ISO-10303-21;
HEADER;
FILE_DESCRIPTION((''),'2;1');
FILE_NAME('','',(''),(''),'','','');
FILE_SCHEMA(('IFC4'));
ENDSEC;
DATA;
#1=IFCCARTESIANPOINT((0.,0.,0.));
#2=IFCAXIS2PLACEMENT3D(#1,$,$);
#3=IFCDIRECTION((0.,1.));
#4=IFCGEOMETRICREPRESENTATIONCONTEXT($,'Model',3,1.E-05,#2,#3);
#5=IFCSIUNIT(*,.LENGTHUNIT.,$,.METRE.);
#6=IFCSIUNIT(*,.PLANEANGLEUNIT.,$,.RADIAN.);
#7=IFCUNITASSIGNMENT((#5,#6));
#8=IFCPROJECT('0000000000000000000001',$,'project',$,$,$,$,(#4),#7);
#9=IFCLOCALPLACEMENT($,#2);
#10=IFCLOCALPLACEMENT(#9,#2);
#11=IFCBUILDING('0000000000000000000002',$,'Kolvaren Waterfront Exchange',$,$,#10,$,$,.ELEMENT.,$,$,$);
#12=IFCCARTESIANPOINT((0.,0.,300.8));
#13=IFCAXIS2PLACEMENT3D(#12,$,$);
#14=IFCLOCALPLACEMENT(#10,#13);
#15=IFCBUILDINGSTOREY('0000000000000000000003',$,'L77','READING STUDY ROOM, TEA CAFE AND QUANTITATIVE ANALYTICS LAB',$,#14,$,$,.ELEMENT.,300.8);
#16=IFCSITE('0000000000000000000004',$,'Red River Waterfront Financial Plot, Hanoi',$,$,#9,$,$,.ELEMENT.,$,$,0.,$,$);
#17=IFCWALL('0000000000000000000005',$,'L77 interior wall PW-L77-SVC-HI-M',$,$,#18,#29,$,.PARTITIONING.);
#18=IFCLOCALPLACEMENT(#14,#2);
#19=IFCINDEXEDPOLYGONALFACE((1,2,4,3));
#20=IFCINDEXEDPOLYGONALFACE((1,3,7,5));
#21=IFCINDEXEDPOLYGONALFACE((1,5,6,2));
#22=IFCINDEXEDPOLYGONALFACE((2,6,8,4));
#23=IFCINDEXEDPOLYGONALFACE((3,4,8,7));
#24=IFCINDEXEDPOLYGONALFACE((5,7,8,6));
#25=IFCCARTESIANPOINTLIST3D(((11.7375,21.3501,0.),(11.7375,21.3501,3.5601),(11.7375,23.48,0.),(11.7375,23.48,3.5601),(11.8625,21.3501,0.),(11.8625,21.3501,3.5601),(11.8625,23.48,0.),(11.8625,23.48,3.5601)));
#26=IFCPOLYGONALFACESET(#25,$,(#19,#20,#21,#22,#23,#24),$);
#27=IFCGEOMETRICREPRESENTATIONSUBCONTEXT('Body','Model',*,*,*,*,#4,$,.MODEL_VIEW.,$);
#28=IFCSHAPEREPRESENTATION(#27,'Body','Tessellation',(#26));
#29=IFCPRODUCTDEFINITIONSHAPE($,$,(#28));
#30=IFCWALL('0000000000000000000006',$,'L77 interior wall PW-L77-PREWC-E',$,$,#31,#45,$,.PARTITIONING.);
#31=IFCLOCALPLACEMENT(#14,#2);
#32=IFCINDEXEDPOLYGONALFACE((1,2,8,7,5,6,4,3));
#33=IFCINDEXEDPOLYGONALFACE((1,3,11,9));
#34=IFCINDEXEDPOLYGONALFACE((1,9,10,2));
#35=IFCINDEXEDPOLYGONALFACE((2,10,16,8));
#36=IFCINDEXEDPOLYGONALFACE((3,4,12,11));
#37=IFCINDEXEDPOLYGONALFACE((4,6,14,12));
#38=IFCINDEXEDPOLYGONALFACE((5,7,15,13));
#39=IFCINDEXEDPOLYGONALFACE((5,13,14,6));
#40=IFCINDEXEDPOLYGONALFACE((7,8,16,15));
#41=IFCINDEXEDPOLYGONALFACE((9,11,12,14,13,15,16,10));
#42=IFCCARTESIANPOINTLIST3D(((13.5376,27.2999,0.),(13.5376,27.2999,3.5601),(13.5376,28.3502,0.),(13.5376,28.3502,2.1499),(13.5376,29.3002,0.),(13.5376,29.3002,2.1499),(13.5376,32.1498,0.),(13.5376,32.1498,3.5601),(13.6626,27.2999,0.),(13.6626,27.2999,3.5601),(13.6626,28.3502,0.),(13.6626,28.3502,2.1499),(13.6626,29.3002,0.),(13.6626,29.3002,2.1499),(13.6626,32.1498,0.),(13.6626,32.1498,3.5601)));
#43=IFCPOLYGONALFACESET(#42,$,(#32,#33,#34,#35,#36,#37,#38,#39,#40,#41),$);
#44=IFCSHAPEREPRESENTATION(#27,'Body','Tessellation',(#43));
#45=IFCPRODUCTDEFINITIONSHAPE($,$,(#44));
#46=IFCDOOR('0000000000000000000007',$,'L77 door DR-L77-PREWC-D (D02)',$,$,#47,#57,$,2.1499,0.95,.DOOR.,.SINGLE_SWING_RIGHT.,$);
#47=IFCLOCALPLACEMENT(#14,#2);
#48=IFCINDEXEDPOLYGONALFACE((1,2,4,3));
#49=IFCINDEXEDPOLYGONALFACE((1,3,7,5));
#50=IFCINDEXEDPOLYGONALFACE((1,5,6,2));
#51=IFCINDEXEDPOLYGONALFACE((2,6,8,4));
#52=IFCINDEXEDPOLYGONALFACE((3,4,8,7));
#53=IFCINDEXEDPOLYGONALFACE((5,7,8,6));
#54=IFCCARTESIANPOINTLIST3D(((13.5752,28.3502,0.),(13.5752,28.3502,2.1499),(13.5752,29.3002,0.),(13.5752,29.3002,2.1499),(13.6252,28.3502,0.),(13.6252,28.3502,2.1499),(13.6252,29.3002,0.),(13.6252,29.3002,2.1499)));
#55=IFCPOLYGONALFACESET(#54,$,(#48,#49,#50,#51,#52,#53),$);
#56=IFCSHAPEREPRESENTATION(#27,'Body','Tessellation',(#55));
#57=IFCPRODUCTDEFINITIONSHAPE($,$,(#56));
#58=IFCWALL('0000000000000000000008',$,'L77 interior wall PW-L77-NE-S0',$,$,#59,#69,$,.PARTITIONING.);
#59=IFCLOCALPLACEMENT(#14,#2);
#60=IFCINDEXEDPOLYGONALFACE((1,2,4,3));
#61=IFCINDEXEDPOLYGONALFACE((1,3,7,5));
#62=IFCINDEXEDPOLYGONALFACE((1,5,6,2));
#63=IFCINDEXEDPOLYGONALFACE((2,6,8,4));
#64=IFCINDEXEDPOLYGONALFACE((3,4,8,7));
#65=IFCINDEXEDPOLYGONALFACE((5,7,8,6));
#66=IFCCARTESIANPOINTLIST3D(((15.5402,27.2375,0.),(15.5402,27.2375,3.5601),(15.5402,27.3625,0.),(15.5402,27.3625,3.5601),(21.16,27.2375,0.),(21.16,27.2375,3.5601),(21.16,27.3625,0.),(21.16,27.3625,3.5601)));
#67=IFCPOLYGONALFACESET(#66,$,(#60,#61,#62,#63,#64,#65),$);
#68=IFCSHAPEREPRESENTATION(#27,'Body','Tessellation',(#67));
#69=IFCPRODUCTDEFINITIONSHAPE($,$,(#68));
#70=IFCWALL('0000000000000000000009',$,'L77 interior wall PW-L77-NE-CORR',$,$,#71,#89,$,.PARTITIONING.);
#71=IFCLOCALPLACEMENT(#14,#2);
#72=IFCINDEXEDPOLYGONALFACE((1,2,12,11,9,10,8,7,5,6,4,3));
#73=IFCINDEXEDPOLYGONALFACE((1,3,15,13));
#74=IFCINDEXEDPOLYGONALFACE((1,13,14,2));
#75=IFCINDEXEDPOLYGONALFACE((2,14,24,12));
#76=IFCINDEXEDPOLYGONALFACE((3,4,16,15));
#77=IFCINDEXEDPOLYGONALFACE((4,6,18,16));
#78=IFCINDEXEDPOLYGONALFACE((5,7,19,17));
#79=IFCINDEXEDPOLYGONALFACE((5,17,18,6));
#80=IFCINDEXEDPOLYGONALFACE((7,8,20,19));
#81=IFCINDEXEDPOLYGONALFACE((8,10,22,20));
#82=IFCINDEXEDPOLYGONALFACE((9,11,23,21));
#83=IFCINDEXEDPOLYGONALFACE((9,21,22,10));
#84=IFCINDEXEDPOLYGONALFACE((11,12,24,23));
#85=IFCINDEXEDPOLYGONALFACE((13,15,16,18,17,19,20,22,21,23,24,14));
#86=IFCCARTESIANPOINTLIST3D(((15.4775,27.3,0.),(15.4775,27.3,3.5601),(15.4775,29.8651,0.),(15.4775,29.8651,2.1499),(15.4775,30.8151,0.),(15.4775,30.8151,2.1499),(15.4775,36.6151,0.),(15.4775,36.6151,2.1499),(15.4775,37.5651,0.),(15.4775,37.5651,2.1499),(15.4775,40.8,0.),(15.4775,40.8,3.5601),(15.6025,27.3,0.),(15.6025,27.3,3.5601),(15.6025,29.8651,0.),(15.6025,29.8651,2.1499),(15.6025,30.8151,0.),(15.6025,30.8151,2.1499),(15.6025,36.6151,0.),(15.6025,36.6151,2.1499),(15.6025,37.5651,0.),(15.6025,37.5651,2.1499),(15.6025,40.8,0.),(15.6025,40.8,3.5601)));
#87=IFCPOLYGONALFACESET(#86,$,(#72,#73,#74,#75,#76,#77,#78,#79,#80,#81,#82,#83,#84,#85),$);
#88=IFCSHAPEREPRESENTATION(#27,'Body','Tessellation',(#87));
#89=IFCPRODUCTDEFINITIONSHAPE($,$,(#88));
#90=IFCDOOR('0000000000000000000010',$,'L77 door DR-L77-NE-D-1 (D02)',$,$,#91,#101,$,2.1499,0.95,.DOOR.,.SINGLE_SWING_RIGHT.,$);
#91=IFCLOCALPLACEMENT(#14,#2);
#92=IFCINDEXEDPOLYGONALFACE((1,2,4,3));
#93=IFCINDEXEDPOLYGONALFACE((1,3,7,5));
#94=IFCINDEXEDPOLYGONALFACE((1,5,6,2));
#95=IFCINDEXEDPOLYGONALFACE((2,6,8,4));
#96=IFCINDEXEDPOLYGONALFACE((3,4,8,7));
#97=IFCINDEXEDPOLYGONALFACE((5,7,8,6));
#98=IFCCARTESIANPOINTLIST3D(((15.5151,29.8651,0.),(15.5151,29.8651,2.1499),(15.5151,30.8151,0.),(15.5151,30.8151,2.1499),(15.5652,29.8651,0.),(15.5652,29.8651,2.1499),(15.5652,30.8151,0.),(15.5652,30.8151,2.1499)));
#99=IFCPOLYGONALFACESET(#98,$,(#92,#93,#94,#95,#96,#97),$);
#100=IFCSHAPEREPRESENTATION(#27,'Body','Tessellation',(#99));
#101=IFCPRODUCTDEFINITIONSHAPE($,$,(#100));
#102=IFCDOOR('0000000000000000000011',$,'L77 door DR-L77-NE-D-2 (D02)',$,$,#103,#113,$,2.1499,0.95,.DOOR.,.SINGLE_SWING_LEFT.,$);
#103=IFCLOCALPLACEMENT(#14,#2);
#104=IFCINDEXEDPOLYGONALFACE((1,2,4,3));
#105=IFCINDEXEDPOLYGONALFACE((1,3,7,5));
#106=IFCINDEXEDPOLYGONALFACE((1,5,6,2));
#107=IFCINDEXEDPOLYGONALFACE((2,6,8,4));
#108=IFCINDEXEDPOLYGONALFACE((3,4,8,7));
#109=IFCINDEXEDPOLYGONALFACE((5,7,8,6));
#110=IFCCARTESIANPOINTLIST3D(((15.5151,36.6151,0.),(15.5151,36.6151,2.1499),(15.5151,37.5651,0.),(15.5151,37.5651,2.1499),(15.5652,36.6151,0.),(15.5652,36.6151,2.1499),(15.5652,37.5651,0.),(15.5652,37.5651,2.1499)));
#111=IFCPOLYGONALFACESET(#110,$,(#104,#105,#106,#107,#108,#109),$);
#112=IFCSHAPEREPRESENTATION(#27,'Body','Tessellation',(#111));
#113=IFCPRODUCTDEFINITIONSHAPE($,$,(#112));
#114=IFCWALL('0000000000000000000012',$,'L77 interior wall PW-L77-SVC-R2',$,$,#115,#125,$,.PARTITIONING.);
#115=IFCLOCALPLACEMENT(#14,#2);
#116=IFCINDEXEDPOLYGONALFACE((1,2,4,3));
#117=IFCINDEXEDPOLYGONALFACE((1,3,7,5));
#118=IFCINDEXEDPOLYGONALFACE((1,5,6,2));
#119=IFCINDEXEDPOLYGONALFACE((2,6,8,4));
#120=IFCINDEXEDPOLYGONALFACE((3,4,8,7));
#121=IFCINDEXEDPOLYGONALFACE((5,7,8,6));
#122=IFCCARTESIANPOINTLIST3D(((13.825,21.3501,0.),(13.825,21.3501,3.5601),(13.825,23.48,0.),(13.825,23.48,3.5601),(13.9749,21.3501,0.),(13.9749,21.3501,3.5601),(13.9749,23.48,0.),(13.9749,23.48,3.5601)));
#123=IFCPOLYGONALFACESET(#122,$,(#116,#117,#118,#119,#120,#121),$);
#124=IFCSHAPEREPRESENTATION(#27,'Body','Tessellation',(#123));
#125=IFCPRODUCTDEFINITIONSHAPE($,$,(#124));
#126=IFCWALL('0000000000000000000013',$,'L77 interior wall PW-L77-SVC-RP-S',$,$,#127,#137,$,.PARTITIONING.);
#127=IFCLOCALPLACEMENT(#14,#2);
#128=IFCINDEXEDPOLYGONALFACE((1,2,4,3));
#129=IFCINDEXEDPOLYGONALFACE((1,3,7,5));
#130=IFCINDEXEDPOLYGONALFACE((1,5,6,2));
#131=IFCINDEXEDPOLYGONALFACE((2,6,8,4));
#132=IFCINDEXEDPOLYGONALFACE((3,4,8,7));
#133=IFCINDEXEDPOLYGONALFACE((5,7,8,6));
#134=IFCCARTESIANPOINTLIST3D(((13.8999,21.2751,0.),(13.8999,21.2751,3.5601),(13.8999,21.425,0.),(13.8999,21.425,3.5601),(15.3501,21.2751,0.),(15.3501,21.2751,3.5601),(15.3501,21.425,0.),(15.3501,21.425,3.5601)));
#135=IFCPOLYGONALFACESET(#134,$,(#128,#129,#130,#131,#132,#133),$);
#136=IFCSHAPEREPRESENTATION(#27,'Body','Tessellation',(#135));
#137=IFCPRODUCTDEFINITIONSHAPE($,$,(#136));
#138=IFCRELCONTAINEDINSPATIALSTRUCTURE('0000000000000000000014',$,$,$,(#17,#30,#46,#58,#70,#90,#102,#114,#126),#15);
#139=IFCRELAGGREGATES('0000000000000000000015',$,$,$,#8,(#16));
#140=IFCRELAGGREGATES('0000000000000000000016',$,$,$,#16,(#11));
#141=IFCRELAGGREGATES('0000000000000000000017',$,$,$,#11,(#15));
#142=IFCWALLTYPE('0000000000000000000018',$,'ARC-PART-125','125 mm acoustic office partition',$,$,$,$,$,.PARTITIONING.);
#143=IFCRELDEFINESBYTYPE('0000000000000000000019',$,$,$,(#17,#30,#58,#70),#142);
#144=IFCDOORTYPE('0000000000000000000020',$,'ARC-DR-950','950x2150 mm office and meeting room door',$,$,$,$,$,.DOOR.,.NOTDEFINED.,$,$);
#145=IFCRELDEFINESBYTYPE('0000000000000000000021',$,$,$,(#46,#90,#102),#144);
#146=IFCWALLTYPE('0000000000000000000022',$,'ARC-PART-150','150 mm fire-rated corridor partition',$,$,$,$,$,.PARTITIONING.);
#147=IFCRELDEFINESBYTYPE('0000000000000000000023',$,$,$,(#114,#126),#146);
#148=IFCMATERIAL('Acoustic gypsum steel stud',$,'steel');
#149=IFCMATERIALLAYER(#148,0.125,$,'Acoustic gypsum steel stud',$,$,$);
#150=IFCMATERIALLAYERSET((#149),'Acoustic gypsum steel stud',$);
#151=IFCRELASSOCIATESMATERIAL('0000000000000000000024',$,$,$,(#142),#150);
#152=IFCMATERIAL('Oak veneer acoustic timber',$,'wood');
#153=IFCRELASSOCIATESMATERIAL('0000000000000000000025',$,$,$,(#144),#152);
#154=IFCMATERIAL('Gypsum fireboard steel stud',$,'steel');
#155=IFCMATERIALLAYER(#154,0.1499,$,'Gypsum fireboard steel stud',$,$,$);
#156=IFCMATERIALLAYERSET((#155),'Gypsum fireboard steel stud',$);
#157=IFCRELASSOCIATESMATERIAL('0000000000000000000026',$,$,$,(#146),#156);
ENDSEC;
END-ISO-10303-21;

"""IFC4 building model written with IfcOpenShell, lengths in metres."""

from ifc_helpers import new_model, si_unit, direction, frame, frame_2d, origin, place, context, subcontext, project, spatial, rectangle, extrude, material, layer, layer_set, type_object, element, fill, save


model = new_model("IFC4")

# Units and contexts
model_context = context("Model", 3, precision=1e-05, world=origin(), true_north=direction((0.0, 1.0)))
body_context = subcontext(model_context, "Body", "Model", "MODEL_VIEW")
ifc_project = project(units=[si_unit("LENGTHUNIT", "METRE"), si_unit("PLANEANGLEUNIT", "RADIAN")], contexts=[model_context])

# Site, building, storey
site_placement = place(None, origin())
site = spatial("IfcSite", under=ifc_project, at=site_placement, Name="Red River Waterfront Financial Plot, Hanoi", CompositionType="ELEMENT", RefElevation=0.0)
building_placement = place(site_placement, origin())
building = spatial("IfcBuilding", under=site, at=building_placement, Name="Kolvaren Waterfront Exchange", CompositionType="ELEMENT")
storey_placement = place(building_placement, frame((0.0, 0.0, 300.8)))
storey = spatial("IfcBuildingStorey", under=building, at=storey_placement, Name="L77", Description="READING STUDY ROOM, TEA CAFE AND QUANTITATIVE ANALYTICS LAB", CompositionType="ELEMENT", Elevation=300.8)

# Shared definitions
ifc_material_1 = material(Name="Acoustic gypsum steel stud", Category="steel")
ifc_layer_1 = layer(ifc_material_1, 0.125, Name="Acoustic gypsum steel stud")
ifc_layer_set_1 = layer_set([ifc_layer_1], Name="Acoustic gypsum steel stud")
wall_type_1 = type_object("IfcWallType", Name="ARC-PART-125", Description="125 mm acoustic office partition", PredefinedType="PARTITIONING", material=ifc_layer_set_1)

# Wall
wall_1_placement = place(storey_placement, frame((11.8, 21.3501, 0.0), z_axis=(0.0, 0.0, 1.0), x_axis=(0.0, 1.0, 0.0)))
element("IfcWall", 1, at=wall_1_placement, inside=storey, type_object=wall_type_1, Name="L77 interior wall PW-L77-SVC-HI-M", PredefinedType="PARTITIONING", context=body_context, shape_type="SweptSolid", body=[
    extrude(rectangle(XDim=2.1299, YDim=0.125, at=frame_2d((1.0649, 0.0))), origin(), (0.0, 0.0, 1.0), 3.5601),
])

# Wall, opening, door
wall_2_placement = place(storey_placement, frame((13.6001, 27.3, 0.0), z_axis=(0.0, 0.0, 1.0), x_axis=(0.0, 1.0, 0.0)))
wall_2 = element("IfcWall", 2, at=wall_2_placement, inside=storey, type_object=wall_type_1, Name="L77 interior wall PW-L77-PREWC-E", PredefinedType="PARTITIONING", context=body_context, shape_type="SweptSolid", body=[
    extrude(rectangle(XDim=4.8499, YDim=0.125, at=frame_2d((2.4248, 0.0))), origin(), (0.0, 0.0, 1.0), 3.5601),
])
opening_1_placement = place(wall_2_placement, frame((1.05, 0.0, 0.0)))
opening_1 = element("IfcOpeningElement", 3, at=opening_1_placement, cuts=wall_2, PredefinedType="OPENING", context=body_context, shape_type="SweptSolid", body=[
    extrude(rectangle(XDim=0.95, YDim=2.1499, at=frame_2d((0.4751, 1.075))), frame((0.0, 0.0725, 0.0), z_axis=(0.0, -1.0, 0.0), x_axis=(1.0, 0.0, 0.0)), (0.0, 0.0, 1.0), 0.145),
])
ifc_material_2 = material(Name="Oak veneer acoustic timber", Category="wood")
door_type_1 = type_object("IfcDoorType", Name="ARC-DR-950", Description="950x2150 mm office and meeting room door", OperationType="NOTDEFINED", PredefinedType="DOOR", material=ifc_material_2)
door_1_placement = place(opening_1_placement, origin())
door_1 = element("IfcDoor", 4, at=door_1_placement, inside=storey, type_object=door_type_1, Name="L77 door DR-L77-PREWC-D (D02)", OperationType="SINGLE_SWING_RIGHT", OverallHeight=2.1499, OverallWidth=0.95, PredefinedType="DOOR", context=body_context, shape_type="SweptSolid", body=[
    extrude(rectangle(XDim=0.95, YDim=2.1499, at=frame_2d((0.4751, 1.075))), frame((0.0, 0.0249, 0.0), z_axis=(0.0, -1.0, 0.0), x_axis=(1.0, 0.0, 0.0)), (0.0, 0.0, 1.0), 0.05),
])
fill(opening_1, door_1)

# Wall
wall_3_placement = place(storey_placement, frame((15.54, 27.3, 0.0), z_axis=(0.0, 0.0, 1.0), x_axis=(1.0, 0.0, 0.0)))
element("IfcWall", 5, at=wall_3_placement, inside=storey, type_object=wall_type_1, Name="L77 interior wall PW-L77-NE-S0", PredefinedType="PARTITIONING", context=body_context, shape_type="SweptSolid", body=[
    extrude(rectangle(XDim=5.6199, YDim=0.125, at=frame_2d((2.8101, 0.0))), origin(), (0.0, 0.0, 1.0), 3.5601),
])

# Wall, openings, doors
wall_4_placement = place(storey_placement, frame((15.54, 27.3, 0.0), z_axis=(0.0, 0.0, 1.0), x_axis=(0.0, 1.0, 0.0)))
wall_4 = element("IfcWall", 6, at=wall_4_placement, inside=storey, type_object=wall_type_1, Name="L77 interior wall PW-L77-NE-CORR", PredefinedType="PARTITIONING", context=body_context, shape_type="SweptSolid", body=[
    extrude(rectangle(XDim=13.5, YDim=0.125, at=frame_2d((6.75, 0.0))), origin(), (0.0, 0.0, 1.0), 3.5601),
])
opening_2_placement = place(wall_4_placement, frame((2.5649, 0.0, 0.0)))
opening_2 = element("IfcOpeningElement", 7, at=opening_2_placement, cuts=wall_4, PredefinedType="OPENING", context=body_context, shape_type="SweptSolid", body=[
    extrude(rectangle(XDim=0.95, YDim=2.1499, at=frame_2d((0.4751, 1.075))), frame((0.0, 0.0725, 0.0), z_axis=(0.0, -1.0, 0.0), x_axis=(1.0, 0.0, 0.0)), (0.0, 0.0, 1.0), 0.145),
])
opening_3_placement = place(wall_4_placement, frame((9.3149, 0.0, 0.0)))
opening_3 = element("IfcOpeningElement", 8, at=opening_3_placement, cuts=wall_4, PredefinedType="OPENING", context=body_context, shape_type="SweptSolid", body=[
    extrude(rectangle(XDim=0.95, YDim=2.1499, at=frame_2d((0.4751, 1.075))), frame((0.0, 0.0725, 0.0), z_axis=(0.0, -1.0, 0.0), x_axis=(1.0, 0.0, 0.0)), (0.0, 0.0, 1.0), 0.145),
])
door_2_placement = place(opening_2_placement, origin())
door_2 = element("IfcDoor", 9, at=door_2_placement, inside=storey, type_object=door_type_1, Name="L77 door DR-L77-NE-D-1 (D02)", OperationType="SINGLE_SWING_RIGHT", OverallHeight=2.1499, OverallWidth=0.95, PredefinedType="DOOR", context=body_context, shape_type="SweptSolid", body=[
    extrude(rectangle(XDim=0.95, YDim=2.1499, at=frame_2d((0.4751, 1.075))), frame((0.0, 0.0249, 0.0), z_axis=(0.0, -1.0, 0.0), x_axis=(1.0, 0.0, 0.0)), (0.0, 0.0, 1.0), 0.05),
])
fill(opening_2, door_2)
door_3_placement = place(opening_3_placement, origin())
door_3 = element("IfcDoor", 10, at=door_3_placement, inside=storey, type_object=door_type_1, Name="L77 door DR-L77-NE-D-2 (D02)", OperationType="SINGLE_SWING_LEFT", OverallHeight=2.1499, OverallWidth=0.95, PredefinedType="DOOR", context=body_context, shape_type="SweptSolid", body=[
    extrude(rectangle(XDim=0.95, YDim=2.1499, at=frame_2d((0.4751, 1.075))), frame((0.0, 0.0249, 0.0), z_axis=(0.0, -1.0, 0.0), x_axis=(1.0, 0.0, 0.0)), (0.0, 0.0, 1.0), 0.05),
])
fill(opening_3, door_3)

# Walls
ifc_material_3 = material(Name="Gypsum fireboard steel stud", Category="steel")
ifc_layer_2 = layer(ifc_material_3, 0.1499, Name="Gypsum fireboard steel stud")
ifc_layer_set_2 = layer_set([ifc_layer_2], Name="Gypsum fireboard steel stud")
wall_type_2 = type_object("IfcWallType", Name="ARC-PART-150", Description="150 mm fire-rated corridor partition", PredefinedType="PARTITIONING", material=ifc_layer_set_2)
wall_5_placement = place(storey_placement, frame((13.8999, 21.3501, 0.0), z_axis=(0.0, 0.0, 1.0), x_axis=(0.0, 1.0, 0.0)))
element("IfcWall", 11, at=wall_5_placement, inside=storey, type_object=wall_type_2, Name="L77 interior wall PW-L77-SVC-R2", PredefinedType="PARTITIONING", context=body_context, shape_type="SweptSolid", body=[
    extrude(rectangle(XDim=2.1299, YDim=0.1499, at=frame_2d((1.0649, 0.0))), origin(), (0.0, 0.0, 1.0), 3.5601),
])
wall_6_placement = place(storey_placement, frame((13.8999, 21.3501, 0.0), z_axis=(0.0, 0.0, 1.0), x_axis=(1.0, 0.0, 0.0)))
element("IfcWall", 12, at=wall_6_placement, inside=storey, type_object=wall_type_2, Name="L77 interior wall PW-L77-SVC-RP-S", PredefinedType="PARTITIONING", context=body_context, shape_type="SweptSolid", body=[
    extrude(rectangle(XDim=1.4502, YDim=0.1499, at=frame_2d((0.7251, 0.0))), origin(), (0.0, 0.0, 1.0), 3.5601),
])

save(model, "model.ifc")
